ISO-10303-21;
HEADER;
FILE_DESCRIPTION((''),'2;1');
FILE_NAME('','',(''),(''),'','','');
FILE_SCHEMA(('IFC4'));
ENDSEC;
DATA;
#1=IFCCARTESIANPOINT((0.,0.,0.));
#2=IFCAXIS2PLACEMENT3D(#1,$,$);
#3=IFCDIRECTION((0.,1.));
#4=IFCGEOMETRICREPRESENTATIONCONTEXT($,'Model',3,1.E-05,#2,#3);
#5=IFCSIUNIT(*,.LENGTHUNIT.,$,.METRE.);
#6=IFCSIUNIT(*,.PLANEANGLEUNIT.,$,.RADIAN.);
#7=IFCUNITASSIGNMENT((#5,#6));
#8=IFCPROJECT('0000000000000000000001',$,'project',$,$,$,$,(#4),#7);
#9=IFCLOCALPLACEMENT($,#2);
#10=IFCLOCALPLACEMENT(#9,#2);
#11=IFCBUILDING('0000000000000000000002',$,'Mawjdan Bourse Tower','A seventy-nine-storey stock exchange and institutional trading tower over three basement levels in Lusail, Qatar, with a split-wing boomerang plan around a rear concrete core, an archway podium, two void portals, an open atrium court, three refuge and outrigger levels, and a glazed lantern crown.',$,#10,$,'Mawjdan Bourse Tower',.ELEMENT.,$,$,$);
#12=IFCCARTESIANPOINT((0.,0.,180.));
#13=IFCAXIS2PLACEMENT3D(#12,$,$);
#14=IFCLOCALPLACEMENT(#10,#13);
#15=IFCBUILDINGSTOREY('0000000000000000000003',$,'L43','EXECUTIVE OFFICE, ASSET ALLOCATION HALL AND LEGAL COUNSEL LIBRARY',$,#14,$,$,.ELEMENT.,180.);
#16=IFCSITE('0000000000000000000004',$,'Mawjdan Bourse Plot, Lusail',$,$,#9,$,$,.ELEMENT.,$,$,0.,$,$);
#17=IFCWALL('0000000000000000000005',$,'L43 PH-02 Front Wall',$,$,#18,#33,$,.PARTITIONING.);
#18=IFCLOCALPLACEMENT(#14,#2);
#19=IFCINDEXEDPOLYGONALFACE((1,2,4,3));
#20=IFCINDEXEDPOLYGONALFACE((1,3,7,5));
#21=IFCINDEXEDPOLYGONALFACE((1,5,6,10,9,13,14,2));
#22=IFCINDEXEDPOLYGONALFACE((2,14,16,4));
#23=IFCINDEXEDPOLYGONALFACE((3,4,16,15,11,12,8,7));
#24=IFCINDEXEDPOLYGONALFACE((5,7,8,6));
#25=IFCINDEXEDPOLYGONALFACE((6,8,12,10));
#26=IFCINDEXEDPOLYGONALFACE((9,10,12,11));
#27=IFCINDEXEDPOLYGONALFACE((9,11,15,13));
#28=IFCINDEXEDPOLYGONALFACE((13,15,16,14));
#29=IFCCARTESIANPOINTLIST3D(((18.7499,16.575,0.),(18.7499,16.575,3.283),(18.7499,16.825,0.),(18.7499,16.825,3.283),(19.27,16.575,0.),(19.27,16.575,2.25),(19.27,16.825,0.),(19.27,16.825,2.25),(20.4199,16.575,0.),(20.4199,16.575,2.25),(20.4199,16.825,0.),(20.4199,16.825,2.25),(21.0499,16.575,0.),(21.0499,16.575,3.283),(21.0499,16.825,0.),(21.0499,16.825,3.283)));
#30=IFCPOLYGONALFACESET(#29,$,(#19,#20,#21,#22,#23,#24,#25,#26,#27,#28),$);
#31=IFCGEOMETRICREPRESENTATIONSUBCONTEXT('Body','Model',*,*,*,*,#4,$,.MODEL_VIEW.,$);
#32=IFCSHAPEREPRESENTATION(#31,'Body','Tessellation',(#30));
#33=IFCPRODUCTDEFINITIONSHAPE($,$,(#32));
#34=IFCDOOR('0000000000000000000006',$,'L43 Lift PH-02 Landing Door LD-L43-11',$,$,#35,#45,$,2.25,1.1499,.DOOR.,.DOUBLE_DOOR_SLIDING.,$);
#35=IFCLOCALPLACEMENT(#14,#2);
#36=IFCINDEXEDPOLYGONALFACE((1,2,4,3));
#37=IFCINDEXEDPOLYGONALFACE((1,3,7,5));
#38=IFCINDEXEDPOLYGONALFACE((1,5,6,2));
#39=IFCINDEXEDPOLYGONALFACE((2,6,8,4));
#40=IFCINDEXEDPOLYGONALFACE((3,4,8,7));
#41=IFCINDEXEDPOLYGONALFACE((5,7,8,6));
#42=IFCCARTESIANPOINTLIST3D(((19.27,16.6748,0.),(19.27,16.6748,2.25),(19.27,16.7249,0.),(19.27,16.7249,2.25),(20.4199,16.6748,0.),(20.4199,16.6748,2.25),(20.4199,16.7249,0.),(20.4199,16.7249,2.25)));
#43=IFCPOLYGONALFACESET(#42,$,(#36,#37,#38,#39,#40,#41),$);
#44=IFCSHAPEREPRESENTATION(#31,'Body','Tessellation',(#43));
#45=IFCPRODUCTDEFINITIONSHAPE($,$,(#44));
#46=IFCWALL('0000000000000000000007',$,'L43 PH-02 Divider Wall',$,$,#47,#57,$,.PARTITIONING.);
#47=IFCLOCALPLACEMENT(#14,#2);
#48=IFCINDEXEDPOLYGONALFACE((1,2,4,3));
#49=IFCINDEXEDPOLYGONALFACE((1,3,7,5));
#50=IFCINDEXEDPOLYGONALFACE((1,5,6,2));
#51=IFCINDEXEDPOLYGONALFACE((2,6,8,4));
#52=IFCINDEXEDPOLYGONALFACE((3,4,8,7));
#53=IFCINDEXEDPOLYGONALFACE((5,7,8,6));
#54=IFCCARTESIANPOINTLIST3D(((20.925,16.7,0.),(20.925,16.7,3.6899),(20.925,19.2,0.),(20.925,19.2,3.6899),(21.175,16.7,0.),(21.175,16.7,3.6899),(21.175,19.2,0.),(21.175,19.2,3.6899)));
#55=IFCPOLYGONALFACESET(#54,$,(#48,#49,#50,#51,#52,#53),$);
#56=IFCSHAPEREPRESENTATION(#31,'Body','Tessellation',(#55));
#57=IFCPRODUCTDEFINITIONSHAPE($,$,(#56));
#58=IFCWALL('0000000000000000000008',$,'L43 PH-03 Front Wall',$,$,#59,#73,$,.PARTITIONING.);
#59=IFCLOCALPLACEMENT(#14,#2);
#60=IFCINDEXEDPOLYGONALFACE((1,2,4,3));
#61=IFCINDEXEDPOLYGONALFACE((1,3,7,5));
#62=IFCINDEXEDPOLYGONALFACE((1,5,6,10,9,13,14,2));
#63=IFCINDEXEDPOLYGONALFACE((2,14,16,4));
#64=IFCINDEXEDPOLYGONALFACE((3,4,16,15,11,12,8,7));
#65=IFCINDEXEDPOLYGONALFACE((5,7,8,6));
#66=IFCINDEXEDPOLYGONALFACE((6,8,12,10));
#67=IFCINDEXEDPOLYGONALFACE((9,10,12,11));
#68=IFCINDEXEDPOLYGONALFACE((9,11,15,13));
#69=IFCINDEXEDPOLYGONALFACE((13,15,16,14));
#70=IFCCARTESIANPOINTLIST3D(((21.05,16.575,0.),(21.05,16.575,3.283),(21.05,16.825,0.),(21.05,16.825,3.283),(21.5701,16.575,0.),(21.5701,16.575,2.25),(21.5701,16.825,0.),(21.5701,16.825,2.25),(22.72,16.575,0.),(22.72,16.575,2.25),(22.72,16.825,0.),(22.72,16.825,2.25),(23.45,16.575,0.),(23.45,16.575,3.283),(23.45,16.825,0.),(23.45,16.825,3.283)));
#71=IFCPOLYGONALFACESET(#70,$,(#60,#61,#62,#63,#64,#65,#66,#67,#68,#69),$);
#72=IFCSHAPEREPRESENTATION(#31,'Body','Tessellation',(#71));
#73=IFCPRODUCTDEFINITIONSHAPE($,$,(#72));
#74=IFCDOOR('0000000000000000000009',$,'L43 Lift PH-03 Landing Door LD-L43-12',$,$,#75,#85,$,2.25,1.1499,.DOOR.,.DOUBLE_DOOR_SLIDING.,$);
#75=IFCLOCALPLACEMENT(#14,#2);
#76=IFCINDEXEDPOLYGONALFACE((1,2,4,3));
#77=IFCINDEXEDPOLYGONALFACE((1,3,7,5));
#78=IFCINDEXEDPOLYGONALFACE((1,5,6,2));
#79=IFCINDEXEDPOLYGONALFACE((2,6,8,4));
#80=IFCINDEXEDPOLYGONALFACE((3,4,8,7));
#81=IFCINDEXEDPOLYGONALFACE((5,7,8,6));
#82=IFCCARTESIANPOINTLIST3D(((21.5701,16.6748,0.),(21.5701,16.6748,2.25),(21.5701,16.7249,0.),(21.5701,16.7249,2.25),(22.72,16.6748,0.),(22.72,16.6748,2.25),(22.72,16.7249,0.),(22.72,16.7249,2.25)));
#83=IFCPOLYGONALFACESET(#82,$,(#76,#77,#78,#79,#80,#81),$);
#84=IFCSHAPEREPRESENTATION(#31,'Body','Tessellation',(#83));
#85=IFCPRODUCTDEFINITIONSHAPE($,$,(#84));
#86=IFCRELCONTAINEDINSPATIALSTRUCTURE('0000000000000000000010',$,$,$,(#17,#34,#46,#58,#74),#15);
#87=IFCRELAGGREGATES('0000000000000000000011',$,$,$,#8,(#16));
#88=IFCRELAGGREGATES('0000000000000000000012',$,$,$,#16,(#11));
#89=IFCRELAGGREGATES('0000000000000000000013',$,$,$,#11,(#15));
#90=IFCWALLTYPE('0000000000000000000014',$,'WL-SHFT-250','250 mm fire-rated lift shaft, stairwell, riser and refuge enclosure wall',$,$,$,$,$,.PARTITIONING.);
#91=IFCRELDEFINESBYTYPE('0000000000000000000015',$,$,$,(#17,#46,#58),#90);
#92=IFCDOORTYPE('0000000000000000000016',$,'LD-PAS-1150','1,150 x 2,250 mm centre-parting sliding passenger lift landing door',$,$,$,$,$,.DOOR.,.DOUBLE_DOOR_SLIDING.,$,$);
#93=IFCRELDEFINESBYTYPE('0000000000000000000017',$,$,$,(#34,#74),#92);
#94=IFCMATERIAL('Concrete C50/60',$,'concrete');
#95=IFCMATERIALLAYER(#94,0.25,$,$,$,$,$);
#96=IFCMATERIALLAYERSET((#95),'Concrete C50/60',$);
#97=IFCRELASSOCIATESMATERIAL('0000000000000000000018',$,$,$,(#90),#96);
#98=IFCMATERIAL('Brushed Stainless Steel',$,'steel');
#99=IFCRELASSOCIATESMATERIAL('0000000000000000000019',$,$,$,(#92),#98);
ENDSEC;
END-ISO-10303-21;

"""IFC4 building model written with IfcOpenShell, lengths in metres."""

from ifc_helpers import new_model, si_unit, direction, frame, frame_2d, origin, place, context, subcontext, project, spatial, rectangle, extrude, material, layer, layer_set, type_object, element, fill, save


model = new_model("IFC4")

# Units and contexts
model_context = context("Model", 3, precision=1e-05, world=origin(), true_north=direction((0.0, 1.0)))
body_context = subcontext(model_context, "Body", "Model", "MODEL_VIEW")
ifc_project = project(units=[si_unit("LENGTHUNIT", "METRE"), si_unit("PLANEANGLEUNIT", "RADIAN")], contexts=[model_context])

# Site, building, storey
site_placement = place(None, origin())
site = spatial("IfcSite", under=ifc_project, at=site_placement, Name="Mawjdan Bourse Plot, Lusail", CompositionType="ELEMENT", RefElevation=0.0)
building_placement = place(site_placement, origin())
building = spatial("IfcBuilding", under=site, at=building_placement, Name="Mawjdan Bourse Tower", Description="A seventy-nine-storey stock exchange and institutional trading tower over three basement levels in Lusail, Qatar, with a split-wing boomerang plan around a rear concrete core, an archway podium, two void portals, an open atrium court, three refuge and outrigger levels, and a glazed lantern crown.", LongName="Mawjdan Bourse Tower", CompositionType="ELEMENT")
storey_placement = place(building_placement, frame((0.0, 0.0, 180.0)))
storey = spatial("IfcBuildingStorey", under=building, at=storey_placement, Name="L43", Description="EXECUTIVE OFFICE, ASSET ALLOCATION HALL AND LEGAL COUNSEL LIBRARY", CompositionType="ELEMENT", Elevation=180.0)

# Shared definitions
ifc_material_1 = material(Name="Concrete C50/60", Category="concrete")
ifc_layer_1 = layer(ifc_material_1, 0.25)
ifc_layer_set_1 = layer_set([ifc_layer_1], Name="Concrete C50/60")
wall_type_1 = type_object("IfcWallType", Name="WL-SHFT-250", Description="250 mm fire-rated lift shaft, stairwell, riser and refuge enclosure wall", PredefinedType="PARTITIONING", material=ifc_layer_set_1)

# Wall, opening, door
wall_1_placement = place(storey_placement, frame((18.75, 16.7, 0.0), z_axis=(0.0, 0.0, 1.0), x_axis=(1.0, 0.0, 0.0)))
wall_1 = element("IfcWall", 1, at=wall_1_placement, inside=storey, type_object=wall_type_1, Name="L43 PH-02 Front Wall", PredefinedType="PARTITIONING", context=body_context, shape_type="SweptSolid", body=[
    extrude(rectangle(XDim=2.3, YDim=0.25, at=frame_2d((1.1499, 0.0))), origin(), (0.0, 0.0, 1.0), 3.283),
])
opening_1_placement = place(wall_1_placement, frame((0.52, 0.0, 0.0)))
opening_1 = element("IfcOpeningElement", 2, at=opening_1_placement, cuts=wall_1, PredefinedType="OPENING", context=body_context, shape_type="SweptSolid", body=[
    extrude(rectangle(XDim=1.1499, YDim=2.25, at=frame_2d((0.575, 1.125))), frame((0.0, 0.135, 0.0), z_axis=(0.0, -1.0, 0.0), x_axis=(1.0, 0.0, 0.0)), (0.0, 0.0, 1.0), 0.27),
])
ifc_material_2 = material(Name="Brushed Stainless Steel", Category="steel")
door_type_1 = type_object("IfcDoorType", Name="LD-PAS-1150", Description="1,150 x 2,250 mm centre-parting sliding passenger lift landing door", OperationType="DOUBLE_DOOR_SLIDING", PredefinedType="DOOR", material=ifc_material_2)
door_1_placement = place(opening_1_placement, origin())
door_1 = element("IfcDoor", 3, at=door_1_placement, inside=storey, type_object=door_type_1, Name="L43 Lift PH-02 Landing Door LD-L43-11", OperationType="DOUBLE_DOOR_SLIDING", OverallHeight=2.25, OverallWidth=1.1499, PredefinedType="DOOR", context=body_context, shape_type="SweptSolid", body=[
    extrude(rectangle(XDim=1.1499, YDim=2.25, at=frame_2d((0.575, 1.125))), frame((0.0, 0.0249, 0.0), z_axis=(0.0, -1.0, 0.0), x_axis=(1.0, 0.0, 0.0)), (0.0, 0.0, 1.0), 0.05),
])
fill(opening_1, door_1)

# Wall
wall_2_placement = place(storey_placement, frame((21.05, 16.7, 0.0), z_axis=(0.0, 0.0, 1.0), x_axis=(0.0, 1.0, 0.0)))
element("IfcWall", 4, at=wall_2_placement, inside=storey, type_object=wall_type_1, Name="L43 PH-02 Divider Wall", PredefinedType="PARTITIONING", context=body_context, shape_type="SweptSolid", body=[
    extrude(rectangle(XDim=2.5, YDim=0.25, at=frame_2d((1.25, 0.0))), origin(), (0.0, 0.0, 1.0), 3.6899),
])

# Wall, opening, door
wall_3_placement = place(storey_placement, frame((21.05, 16.7, 0.0), z_axis=(0.0, 0.0, 1.0), x_axis=(1.0, 0.0, 0.0)))
wall_3 = element("IfcWall", 5, at=wall_3_placement, inside=storey, type_object=wall_type_1, Name="L43 PH-03 Front Wall", PredefinedType="PARTITIONING", context=body_context, shape_type="SweptSolid", body=[
    extrude(rectangle(XDim=2.3999, YDim=0.25, at=frame_2d((1.2, 0.0))), origin(), (0.0, 0.0, 1.0), 3.283),
])
opening_2_placement = place(wall_3_placement, frame((0.52, 0.0, 0.0)))
opening_2 = element("IfcOpeningElement", 6, at=opening_2_placement, cuts=wall_3, PredefinedType="OPENING", context=body_context, shape_type="SweptSolid", body=[
    extrude(rectangle(XDim=1.1499, YDim=2.25, at=frame_2d((0.575, 1.125))), frame((0.0, 0.135, 0.0), z_axis=(0.0, -1.0, 0.0), x_axis=(1.0, 0.0, 0.0)), (0.0, 0.0, 1.0), 0.27),
])
door_2_placement = place(opening_2_placement, origin())
door_2 = element("IfcDoor", 7, at=door_2_placement, inside=storey, type_object=door_type_1, Name="L43 Lift PH-03 Landing Door LD-L43-12", OperationType="DOUBLE_DOOR_SLIDING", OverallHeight=2.25, OverallWidth=1.1499, PredefinedType="DOOR", context=body_context, shape_type="SweptSolid", body=[
    extrude(rectangle(XDim=1.1499, YDim=2.25, at=frame_2d((0.575, 1.125))), frame((0.0, 0.0249, 0.0), z_axis=(0.0, -1.0, 0.0), x_axis=(1.0, 0.0, 0.0)), (0.0, 0.0, 1.0), 0.05),
])
fill(opening_2, door_2)

save(model, "model.ifc")
